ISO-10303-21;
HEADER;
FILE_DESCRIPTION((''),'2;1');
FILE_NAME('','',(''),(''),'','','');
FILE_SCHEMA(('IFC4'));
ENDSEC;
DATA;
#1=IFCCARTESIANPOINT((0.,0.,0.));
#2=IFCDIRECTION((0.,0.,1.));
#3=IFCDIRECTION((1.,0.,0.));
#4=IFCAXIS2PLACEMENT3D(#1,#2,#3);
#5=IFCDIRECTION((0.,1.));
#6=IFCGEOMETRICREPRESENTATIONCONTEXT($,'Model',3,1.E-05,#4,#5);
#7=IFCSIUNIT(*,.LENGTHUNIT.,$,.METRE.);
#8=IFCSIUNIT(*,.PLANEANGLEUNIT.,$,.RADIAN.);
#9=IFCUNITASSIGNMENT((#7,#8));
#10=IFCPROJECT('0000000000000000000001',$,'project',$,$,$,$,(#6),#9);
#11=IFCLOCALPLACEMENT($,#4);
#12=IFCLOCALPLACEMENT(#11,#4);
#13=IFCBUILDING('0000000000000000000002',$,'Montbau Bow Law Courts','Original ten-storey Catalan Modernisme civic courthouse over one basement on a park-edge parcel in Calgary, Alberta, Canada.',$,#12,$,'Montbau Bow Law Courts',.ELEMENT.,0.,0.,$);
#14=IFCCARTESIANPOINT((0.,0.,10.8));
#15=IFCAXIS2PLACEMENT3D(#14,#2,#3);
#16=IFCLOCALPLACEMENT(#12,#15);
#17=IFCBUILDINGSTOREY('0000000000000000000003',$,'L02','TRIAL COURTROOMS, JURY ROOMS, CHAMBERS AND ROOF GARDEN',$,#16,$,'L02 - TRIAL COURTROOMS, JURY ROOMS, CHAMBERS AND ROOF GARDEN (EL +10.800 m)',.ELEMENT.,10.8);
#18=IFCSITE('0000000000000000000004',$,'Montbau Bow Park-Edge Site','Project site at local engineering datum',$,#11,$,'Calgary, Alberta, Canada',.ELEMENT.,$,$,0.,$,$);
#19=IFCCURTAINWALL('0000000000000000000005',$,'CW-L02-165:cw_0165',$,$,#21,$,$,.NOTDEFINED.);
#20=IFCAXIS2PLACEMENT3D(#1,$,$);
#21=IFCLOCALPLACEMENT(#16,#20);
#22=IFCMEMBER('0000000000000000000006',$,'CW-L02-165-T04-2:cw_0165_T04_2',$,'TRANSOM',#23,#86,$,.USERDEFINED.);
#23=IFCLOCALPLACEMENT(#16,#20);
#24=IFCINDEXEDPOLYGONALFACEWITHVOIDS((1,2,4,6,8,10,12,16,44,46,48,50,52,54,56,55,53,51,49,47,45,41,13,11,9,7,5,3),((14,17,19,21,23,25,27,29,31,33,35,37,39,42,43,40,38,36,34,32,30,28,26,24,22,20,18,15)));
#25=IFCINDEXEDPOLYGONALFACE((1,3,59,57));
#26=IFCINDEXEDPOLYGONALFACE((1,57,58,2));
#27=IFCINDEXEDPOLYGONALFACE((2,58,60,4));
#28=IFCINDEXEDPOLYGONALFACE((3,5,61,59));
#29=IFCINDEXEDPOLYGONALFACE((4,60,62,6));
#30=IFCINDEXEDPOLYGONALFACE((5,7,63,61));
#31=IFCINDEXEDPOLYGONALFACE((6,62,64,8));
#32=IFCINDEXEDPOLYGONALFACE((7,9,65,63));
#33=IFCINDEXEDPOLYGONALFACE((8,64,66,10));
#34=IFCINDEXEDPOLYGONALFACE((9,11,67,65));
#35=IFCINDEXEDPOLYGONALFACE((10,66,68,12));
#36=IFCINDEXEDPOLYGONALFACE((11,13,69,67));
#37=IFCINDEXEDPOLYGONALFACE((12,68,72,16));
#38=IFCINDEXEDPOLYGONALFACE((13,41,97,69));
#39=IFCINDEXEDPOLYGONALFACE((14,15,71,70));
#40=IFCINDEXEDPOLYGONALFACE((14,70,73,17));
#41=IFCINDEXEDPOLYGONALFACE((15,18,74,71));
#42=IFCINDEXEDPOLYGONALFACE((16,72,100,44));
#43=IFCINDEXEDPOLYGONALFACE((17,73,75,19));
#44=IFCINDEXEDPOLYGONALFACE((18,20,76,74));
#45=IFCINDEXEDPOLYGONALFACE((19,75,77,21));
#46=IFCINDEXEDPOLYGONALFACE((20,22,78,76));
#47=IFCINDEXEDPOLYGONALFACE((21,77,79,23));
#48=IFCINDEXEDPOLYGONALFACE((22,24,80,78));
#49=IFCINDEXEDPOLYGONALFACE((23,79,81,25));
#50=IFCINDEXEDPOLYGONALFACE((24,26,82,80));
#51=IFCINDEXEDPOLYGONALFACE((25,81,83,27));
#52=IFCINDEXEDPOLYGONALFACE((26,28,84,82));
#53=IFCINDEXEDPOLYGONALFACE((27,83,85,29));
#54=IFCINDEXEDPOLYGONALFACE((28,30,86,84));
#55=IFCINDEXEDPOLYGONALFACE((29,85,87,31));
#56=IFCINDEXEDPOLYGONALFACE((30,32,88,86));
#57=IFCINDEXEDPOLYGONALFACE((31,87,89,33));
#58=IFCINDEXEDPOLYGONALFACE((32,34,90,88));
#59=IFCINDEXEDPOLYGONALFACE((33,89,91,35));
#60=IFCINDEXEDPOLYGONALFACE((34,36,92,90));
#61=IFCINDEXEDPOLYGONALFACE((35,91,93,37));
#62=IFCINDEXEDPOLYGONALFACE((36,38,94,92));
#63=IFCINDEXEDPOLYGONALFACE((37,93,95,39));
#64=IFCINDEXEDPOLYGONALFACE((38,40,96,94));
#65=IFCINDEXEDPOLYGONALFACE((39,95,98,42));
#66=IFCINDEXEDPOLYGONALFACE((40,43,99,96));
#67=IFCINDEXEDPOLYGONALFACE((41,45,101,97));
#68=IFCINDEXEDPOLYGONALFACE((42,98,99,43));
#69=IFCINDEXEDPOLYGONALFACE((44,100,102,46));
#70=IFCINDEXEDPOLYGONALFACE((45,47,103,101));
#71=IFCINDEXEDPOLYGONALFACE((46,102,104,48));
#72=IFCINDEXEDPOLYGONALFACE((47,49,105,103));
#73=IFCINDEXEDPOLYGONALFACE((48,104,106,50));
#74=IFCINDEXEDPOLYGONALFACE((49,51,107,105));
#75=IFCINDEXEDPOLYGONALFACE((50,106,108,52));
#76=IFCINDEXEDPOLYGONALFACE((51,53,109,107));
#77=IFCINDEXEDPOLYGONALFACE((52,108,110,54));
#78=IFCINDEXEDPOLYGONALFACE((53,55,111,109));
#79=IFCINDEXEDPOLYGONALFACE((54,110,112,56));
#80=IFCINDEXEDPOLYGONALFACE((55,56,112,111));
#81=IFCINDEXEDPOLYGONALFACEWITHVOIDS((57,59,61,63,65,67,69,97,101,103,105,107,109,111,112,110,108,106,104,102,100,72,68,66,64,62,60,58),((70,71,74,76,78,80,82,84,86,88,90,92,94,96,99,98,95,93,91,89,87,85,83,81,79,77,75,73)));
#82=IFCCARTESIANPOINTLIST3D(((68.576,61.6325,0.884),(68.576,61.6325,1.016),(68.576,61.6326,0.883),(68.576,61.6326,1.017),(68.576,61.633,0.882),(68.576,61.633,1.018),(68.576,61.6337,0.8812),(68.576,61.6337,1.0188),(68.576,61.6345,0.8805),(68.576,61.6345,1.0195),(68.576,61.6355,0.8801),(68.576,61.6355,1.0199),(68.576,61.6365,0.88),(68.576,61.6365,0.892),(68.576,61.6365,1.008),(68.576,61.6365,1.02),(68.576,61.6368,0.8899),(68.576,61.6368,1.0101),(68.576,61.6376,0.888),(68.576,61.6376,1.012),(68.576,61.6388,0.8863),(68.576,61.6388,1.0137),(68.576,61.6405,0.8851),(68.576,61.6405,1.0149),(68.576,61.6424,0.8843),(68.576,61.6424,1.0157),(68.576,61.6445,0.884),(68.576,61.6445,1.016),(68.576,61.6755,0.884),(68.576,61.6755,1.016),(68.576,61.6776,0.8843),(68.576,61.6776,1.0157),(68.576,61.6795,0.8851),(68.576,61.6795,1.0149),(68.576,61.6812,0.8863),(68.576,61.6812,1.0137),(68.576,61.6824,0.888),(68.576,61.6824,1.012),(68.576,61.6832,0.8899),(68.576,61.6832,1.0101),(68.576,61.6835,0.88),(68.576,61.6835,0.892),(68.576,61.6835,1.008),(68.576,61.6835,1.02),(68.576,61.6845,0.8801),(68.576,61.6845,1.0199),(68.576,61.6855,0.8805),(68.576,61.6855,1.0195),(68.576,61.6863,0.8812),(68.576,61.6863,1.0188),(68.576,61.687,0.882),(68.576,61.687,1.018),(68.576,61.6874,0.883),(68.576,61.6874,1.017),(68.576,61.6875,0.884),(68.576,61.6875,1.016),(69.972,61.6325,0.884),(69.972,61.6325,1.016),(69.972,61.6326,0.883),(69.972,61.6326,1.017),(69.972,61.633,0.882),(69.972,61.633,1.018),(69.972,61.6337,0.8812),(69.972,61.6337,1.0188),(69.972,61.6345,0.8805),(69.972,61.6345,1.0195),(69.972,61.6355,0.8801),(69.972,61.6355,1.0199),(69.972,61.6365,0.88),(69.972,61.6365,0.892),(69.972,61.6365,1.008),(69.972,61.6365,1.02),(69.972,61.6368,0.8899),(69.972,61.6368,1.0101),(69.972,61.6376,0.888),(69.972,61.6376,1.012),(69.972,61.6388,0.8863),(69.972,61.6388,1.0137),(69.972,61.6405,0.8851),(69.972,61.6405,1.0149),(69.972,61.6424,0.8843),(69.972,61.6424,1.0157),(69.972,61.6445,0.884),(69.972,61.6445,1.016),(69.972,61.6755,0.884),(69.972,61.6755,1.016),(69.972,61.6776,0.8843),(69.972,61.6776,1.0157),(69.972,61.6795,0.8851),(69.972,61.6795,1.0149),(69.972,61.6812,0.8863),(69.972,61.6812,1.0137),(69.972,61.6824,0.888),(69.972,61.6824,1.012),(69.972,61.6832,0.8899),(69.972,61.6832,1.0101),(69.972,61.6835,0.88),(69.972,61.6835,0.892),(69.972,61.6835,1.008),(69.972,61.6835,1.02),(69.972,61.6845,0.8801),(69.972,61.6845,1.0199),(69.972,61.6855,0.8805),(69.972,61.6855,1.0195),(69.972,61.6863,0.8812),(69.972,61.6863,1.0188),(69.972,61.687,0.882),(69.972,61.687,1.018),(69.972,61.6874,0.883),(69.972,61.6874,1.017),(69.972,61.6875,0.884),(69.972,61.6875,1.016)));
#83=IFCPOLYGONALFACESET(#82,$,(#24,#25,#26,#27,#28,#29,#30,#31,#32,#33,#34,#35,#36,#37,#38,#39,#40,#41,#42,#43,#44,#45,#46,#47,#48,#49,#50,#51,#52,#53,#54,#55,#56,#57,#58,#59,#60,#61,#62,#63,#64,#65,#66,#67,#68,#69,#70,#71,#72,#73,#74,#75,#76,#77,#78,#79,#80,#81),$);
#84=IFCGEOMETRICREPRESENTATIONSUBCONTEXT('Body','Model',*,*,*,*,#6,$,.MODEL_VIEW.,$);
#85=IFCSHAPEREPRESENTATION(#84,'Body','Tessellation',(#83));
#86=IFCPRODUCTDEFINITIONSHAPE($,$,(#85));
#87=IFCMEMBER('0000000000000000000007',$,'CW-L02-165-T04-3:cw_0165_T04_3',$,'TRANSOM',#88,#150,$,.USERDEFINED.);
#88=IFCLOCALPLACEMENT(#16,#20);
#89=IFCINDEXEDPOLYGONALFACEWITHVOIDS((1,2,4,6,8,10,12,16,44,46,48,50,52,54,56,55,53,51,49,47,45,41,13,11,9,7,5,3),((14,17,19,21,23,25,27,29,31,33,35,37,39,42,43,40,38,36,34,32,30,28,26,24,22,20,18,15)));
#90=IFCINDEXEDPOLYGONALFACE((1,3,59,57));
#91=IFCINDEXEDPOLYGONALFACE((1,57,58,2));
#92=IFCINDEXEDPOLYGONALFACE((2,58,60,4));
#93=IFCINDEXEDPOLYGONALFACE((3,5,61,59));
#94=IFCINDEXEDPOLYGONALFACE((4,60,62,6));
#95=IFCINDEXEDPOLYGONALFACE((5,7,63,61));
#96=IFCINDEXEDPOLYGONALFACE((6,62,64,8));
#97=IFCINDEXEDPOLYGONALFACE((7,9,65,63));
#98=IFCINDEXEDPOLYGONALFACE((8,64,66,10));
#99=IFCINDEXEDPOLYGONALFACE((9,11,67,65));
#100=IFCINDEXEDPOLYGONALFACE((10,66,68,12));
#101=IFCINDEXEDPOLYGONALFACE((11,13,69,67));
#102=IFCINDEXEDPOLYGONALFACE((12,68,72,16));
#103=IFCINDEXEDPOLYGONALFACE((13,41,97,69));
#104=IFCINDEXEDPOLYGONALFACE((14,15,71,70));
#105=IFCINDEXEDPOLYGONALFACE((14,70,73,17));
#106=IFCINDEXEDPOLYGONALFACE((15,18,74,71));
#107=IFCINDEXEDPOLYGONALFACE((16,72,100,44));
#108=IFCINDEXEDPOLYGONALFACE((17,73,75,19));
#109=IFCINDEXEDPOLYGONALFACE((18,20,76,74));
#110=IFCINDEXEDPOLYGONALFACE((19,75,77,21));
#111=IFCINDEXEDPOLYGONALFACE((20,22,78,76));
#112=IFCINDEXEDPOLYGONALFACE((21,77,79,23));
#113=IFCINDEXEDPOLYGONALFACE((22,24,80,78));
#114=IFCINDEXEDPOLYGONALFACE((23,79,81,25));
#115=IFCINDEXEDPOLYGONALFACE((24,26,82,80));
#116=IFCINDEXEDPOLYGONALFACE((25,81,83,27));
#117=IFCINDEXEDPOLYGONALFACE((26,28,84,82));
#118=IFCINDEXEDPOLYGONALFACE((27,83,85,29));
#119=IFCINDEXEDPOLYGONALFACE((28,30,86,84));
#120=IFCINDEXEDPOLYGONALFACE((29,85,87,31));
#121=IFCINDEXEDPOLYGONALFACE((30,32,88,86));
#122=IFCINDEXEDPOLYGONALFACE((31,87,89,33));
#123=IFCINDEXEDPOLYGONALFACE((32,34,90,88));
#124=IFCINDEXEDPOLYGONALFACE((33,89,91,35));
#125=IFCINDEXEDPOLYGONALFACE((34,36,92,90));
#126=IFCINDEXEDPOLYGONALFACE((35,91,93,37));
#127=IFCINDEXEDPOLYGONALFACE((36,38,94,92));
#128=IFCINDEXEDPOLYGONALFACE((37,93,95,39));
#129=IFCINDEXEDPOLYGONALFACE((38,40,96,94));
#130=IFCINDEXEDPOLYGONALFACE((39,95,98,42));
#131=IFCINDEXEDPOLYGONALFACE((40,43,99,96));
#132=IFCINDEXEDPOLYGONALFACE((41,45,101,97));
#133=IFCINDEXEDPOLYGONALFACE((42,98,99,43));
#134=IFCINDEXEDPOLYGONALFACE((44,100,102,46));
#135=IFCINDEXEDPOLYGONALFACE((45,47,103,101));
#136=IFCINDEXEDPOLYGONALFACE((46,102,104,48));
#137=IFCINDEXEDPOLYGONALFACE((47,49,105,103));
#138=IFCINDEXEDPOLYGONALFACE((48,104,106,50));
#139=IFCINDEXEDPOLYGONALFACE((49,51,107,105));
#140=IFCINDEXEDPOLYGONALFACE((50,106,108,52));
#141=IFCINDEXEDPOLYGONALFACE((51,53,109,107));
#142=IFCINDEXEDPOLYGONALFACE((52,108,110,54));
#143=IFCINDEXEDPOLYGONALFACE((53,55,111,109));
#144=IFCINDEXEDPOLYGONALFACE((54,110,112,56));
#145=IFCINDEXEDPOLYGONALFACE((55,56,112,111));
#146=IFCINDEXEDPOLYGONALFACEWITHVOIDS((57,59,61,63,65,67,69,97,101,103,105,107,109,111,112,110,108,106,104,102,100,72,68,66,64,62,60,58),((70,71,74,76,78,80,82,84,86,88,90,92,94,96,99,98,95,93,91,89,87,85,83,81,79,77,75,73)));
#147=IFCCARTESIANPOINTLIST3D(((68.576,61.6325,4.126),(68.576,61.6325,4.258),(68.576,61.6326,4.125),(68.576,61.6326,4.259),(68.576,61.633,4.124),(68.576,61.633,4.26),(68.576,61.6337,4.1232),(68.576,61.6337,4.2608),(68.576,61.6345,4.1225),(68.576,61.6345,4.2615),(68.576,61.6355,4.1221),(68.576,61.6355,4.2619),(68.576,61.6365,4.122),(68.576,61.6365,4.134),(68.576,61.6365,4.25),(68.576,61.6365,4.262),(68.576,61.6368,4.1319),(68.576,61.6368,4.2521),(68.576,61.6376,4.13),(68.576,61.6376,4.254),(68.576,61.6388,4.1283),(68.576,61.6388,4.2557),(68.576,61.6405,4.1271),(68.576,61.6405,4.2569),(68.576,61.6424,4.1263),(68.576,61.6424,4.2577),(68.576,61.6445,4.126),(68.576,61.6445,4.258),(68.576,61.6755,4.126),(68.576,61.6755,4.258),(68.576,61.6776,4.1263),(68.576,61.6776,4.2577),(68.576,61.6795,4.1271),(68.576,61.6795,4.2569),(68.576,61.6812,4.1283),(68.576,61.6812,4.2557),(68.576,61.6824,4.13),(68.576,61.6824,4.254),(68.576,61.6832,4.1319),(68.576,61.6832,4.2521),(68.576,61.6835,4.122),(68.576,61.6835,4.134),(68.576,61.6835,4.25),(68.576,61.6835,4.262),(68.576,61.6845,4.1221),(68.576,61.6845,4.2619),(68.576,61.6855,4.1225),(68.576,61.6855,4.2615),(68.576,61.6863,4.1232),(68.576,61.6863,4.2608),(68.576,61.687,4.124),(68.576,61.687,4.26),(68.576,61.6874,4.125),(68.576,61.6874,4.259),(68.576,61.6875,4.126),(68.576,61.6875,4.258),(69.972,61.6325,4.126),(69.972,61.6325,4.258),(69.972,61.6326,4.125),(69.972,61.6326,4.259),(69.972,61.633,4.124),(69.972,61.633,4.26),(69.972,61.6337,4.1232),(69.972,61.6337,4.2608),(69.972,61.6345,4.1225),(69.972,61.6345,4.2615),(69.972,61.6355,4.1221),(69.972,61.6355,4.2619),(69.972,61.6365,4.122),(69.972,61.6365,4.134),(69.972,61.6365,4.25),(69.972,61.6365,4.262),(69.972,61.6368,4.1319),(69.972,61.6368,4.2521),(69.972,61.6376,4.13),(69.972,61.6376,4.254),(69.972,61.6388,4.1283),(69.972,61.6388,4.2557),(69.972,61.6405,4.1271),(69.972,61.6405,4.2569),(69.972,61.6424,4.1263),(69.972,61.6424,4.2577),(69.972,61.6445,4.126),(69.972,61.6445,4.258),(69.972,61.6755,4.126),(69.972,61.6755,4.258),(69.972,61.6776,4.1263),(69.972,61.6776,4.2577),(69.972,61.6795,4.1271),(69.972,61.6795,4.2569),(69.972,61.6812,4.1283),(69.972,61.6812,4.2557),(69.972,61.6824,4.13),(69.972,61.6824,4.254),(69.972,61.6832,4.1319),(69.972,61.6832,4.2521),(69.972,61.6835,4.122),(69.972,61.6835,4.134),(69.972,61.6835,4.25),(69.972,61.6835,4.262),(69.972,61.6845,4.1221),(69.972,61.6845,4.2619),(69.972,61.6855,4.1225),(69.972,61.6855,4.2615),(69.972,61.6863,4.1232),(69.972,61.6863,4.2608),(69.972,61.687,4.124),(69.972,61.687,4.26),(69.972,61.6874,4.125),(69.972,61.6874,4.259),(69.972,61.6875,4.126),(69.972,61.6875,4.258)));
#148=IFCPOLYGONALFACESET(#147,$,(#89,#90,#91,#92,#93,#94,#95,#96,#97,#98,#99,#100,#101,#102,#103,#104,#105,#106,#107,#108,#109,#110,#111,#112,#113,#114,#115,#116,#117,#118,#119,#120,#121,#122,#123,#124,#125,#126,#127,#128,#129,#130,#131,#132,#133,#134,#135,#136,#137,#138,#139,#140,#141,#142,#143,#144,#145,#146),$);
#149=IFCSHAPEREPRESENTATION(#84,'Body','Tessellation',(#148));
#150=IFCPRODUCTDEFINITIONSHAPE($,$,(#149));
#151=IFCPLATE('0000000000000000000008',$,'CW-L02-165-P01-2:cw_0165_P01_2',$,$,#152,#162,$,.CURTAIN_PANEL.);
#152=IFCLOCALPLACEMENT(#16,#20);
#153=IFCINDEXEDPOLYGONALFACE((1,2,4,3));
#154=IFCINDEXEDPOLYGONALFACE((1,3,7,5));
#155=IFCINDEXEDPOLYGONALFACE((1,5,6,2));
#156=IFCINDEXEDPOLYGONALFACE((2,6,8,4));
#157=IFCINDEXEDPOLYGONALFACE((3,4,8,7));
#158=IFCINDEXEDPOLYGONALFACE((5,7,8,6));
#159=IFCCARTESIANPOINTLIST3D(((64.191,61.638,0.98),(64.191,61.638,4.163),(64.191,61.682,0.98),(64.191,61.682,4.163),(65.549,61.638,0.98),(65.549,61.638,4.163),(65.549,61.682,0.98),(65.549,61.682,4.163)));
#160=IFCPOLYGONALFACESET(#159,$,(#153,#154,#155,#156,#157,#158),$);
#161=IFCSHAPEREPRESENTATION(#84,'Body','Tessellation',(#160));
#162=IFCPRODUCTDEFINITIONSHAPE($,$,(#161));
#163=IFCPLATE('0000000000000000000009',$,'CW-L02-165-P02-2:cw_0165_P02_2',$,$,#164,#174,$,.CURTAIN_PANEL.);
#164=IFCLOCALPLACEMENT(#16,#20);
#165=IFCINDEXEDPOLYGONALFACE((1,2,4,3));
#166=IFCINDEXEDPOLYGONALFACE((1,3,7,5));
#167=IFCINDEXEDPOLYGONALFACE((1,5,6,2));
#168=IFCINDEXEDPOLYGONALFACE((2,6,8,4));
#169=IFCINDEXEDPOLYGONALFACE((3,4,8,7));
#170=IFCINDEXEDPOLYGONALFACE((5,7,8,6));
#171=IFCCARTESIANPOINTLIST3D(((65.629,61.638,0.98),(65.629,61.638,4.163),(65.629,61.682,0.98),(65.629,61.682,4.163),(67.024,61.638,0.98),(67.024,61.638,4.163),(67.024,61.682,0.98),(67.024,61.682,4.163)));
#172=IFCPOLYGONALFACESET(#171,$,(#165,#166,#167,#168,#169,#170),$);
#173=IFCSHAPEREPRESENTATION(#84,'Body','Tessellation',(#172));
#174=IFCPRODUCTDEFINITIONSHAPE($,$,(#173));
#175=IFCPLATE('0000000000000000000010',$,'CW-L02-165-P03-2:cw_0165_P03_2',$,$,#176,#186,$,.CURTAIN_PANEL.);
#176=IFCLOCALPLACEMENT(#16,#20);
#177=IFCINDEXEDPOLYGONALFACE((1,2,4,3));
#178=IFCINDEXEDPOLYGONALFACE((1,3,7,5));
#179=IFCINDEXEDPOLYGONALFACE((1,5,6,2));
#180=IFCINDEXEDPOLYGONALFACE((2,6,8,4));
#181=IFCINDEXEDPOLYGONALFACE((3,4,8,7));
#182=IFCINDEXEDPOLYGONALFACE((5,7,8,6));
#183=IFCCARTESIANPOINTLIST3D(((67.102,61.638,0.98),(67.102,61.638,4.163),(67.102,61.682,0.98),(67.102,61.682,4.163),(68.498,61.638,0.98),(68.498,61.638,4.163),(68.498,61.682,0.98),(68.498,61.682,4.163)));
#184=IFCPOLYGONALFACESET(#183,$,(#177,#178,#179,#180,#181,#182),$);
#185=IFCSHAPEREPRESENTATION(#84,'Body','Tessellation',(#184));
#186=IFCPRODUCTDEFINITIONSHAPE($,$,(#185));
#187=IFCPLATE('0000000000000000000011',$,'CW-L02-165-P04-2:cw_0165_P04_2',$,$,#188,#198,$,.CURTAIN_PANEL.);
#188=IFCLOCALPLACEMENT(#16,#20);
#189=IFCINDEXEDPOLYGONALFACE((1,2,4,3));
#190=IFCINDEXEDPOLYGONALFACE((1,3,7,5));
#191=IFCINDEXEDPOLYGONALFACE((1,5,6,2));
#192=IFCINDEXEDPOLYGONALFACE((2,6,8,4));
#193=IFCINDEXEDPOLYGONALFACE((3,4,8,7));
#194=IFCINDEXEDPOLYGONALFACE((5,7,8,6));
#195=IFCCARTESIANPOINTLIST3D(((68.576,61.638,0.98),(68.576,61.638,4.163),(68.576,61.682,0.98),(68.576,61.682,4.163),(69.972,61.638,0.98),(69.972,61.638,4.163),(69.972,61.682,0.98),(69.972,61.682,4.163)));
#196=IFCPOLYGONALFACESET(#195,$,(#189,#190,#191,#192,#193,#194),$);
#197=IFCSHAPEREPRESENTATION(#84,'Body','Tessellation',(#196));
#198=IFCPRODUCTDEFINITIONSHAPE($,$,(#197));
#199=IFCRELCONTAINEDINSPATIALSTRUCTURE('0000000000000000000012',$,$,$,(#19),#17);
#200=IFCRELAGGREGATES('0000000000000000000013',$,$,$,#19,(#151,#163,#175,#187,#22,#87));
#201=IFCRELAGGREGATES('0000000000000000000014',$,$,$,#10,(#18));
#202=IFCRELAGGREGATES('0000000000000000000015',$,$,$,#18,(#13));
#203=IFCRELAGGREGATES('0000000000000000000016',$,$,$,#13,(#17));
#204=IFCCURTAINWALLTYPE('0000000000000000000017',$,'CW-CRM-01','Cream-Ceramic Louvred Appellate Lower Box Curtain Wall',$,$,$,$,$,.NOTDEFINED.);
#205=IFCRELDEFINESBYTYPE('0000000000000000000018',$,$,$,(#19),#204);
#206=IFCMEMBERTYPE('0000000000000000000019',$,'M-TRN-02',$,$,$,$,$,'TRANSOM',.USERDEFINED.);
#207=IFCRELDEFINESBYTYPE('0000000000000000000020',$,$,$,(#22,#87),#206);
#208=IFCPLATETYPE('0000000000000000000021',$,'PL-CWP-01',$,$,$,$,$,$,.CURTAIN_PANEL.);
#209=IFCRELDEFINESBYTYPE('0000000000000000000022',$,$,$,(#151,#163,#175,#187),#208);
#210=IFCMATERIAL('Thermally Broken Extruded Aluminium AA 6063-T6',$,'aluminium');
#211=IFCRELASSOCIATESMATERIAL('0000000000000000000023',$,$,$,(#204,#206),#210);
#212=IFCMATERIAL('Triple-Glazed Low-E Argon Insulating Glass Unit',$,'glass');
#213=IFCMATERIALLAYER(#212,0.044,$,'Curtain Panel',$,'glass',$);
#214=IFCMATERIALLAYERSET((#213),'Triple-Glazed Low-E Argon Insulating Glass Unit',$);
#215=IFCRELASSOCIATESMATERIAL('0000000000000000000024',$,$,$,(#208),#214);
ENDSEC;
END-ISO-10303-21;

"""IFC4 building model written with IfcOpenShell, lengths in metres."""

from ifc_helpers import new_model, si_unit, direction, frame, frame_2d, origin_with_axes, origin_2d_with_axis, place, context, subcontext, project, spatial, rectangle, hollow_rectangle, extrude, material, layer, layer_set, material_profile, profile_set, type_object, element, aggregate, save


model = new_model("IFC4")

# Units and contexts
model_context = context("Model", 3, precision=1e-05, world=origin_with_axes(), true_north=direction((0.0, 1.0)))
body_context = subcontext(model_context, "Body", "Model", "MODEL_VIEW")
ifc_project = project(units=[si_unit("LENGTHUNIT", "METRE"), si_unit("PLANEANGLEUNIT", "RADIAN")], contexts=[model_context])

# Site, building, storey
site_placement = place(None, origin_with_axes())
site = spatial("IfcSite", under=ifc_project, at=site_placement, Name="Montbau Bow Park-Edge Site", Description="Project site at local engineering datum", LongName="Calgary, Alberta, Canada", CompositionType="ELEMENT", RefElevation=0.0)
building_placement = place(site_placement, origin_with_axes())
building = spatial("IfcBuilding", under=site, at=building_placement, Name="Montbau Bow Law Courts", Description="Original ten-storey Catalan Modernisme civic courthouse over one basement on a park-edge parcel in Calgary, Alberta, Canada.", LongName="Montbau Bow Law Courts", CompositionType="ELEMENT", ElevationOfRefHeight=0.0, ElevationOfTerrain=0.0)
storey_placement = place(building_placement, frame((0.0, 0.0, 10.8), z_axis=(0.0, 0.0, 1.0), x_axis=(1.0, 0.0, 0.0)))
storey = spatial("IfcBuildingStorey", under=building, at=storey_placement, Name="L02", Description="TRIAL COURTROOMS, JURY ROOMS, CHAMBERS AND ROOF GARDEN", LongName="L02 - TRIAL COURTROOMS, JURY ROOMS, CHAMBERS AND ROOF GARDEN (EL +10.800 m)", CompositionType="ELEMENT", Elevation=10.8)

# Curtain wall, members, plates
ifc_material_1 = material(Name="Thermally Broken Extruded Aluminium AA 6063-T6", Category="aluminium")
curtain_wall_type = type_object("IfcCurtainWallType", Name="CW-CRM-01", Description="Cream-Ceramic Louvred Appellate Lower Box Curtain Wall", PredefinedType="NOTDEFINED", material=ifc_material_1)
curtain_wall_placement = place(None, frame((64.115, 61.66, 10.8), z_axis=(0.0, 0.0, 1.0), x_axis=(1.0, 0.0, 0.0)))
curtain_wall = element("IfcCurtainWall", 1, at=curtain_wall_placement, inside=storey, type_object=curtain_wall_type, Name="CW-L02-165:cw_0165", PredefinedType="NOTDEFINED")
ifc_material_profile_1 = material_profile(ifc_material_1, hollow_rectangle(XDim=0.055, YDim=0.14, WallThickness=0.004, InnerFilletRadius=0.008, OuterFilletRadius=0.004, at=origin_2d_with_axis()), Name="CWT-140X55", Category="Main", Priority=0)
ifc_profile_set_1 = profile_set([ifc_material_profile_1], Name="Thermally Broken Extruded Aluminium AA 6063-T6")
member_type_1 = type_object("IfcMemberType", Name="M-TRN-02", ElementType="TRANSOM", PredefinedType="USERDEFINED", material=ifc_profile_set_1)
member_1_placement = place(None, frame((68.576, 61.66, 11.75), z_axis=(1.0, 0.0, 0.0), x_axis=(0.0, 1.0, 0.0)))
member_1 = element("IfcMember", 2, at=member_1_placement, type_object=member_type_1, Name="CW-L02-165-T04-2:cw_0165_T04_2", ObjectType="TRANSOM", PredefinedType="USERDEFINED", context=body_context, shape_type="SweptSolid", body=[
    extrude(hollow_rectangle(XDim=0.055, YDim=0.14, WallThickness=0.004, InnerFilletRadius=0.008, OuterFilletRadius=0.004, at=origin_2d_with_axis()), origin_with_axes(), (0.0, 0.0, 1.0), 1.396),
])
member_2_placement = place(None, frame((68.576, 61.66, 14.992), z_axis=(1.0, 0.0, 0.0), x_axis=(0.0, 1.0, 0.0)))
member_2 = element("IfcMember", 3, at=member_2_placement, type_object=member_type_1, Name="CW-L02-165-T04-3:cw_0165_T04_3", ObjectType="TRANSOM", PredefinedType="USERDEFINED", context=body_context, shape_type="SweptSolid", body=[
    extrude(hollow_rectangle(XDim=0.055, YDim=0.14, WallThickness=0.004, InnerFilletRadius=0.008, OuterFilletRadius=0.004, at=origin_2d_with_axis()), origin_with_axes(), (0.0, 0.0, 1.0), 1.396),
])
ifc_material_2 = material(Name="Triple-Glazed Low-E Argon Insulating Glass Unit", Category="glass")
ifc_layer_1 = layer(ifc_material_2, 0.044, Name="Curtain Panel", Category="glass")
ifc_layer_set_1 = layer_set([ifc_layer_1], Name="Triple-Glazed Low-E Argon Insulating Glass Unit")
plate_type_1 = type_object("IfcPlateType", Name="PL-CWP-01", PredefinedType="CURTAIN_PANEL", material=ifc_layer_set_1)
plate_1_placement = place(None, frame((64.191, 61.66, 11.78), z_axis=(0.0, -1.0, 0.0), x_axis=(1.0, 0.0, 0.0)))
plate_1 = element("IfcPlate", 4, at=plate_1_placement, type_object=plate_type_1, Name="CW-L02-165-P01-2:cw_0165_P01_2", PredefinedType="CURTAIN_PANEL", context=body_context, shape_type="SweptSolid", body=[
    extrude(rectangle(XDim=1.358, YDim=3.183, at=frame_2d((0.679, 1.5915), x_axis=(1.0, 0.0))), frame((0.0, 0.0, -0.022), z_axis=(0.0, 0.0, 1.0), x_axis=(1.0, 0.0, 0.0)), (0.0, 0.0, 1.0), 0.044),
])
plate_2_placement = place(None, frame((65.629, 61.66, 11.78), z_axis=(0.0, -1.0, 0.0), x_axis=(1.0, 0.0, 0.0)))
plate_2 = element("IfcPlate", 5, at=plate_2_placement, type_object=plate_type_1, Name="CW-L02-165-P02-2:cw_0165_P02_2", PredefinedType="CURTAIN_PANEL", context=body_context, shape_type="SweptSolid", body=[
    extrude(rectangle(XDim=1.395, YDim=3.183, at=frame_2d((0.6975, 1.5915), x_axis=(1.0, 0.0))), frame((0.0, 0.0, -0.022), z_axis=(0.0, 0.0, 1.0), x_axis=(1.0, 0.0, 0.0)), (0.0, 0.0, 1.0), 0.044),
])
plate_3_placement = place(None, frame((67.102, 61.66, 11.78), z_axis=(0.0, -1.0, 0.0), x_axis=(1.0, 0.0, 0.0)))
plate_3 = element("IfcPlate", 6, at=plate_3_placement, type_object=plate_type_1, Name="CW-L02-165-P03-2:cw_0165_P03_2", PredefinedType="CURTAIN_PANEL", context=body_context, shape_type="SweptSolid", body=[
    extrude(rectangle(XDim=1.396, YDim=3.183, at=frame_2d((0.698, 1.5915), x_axis=(1.0, 0.0))), frame((0.0, 0.0, -0.022), z_axis=(0.0, 0.0, 1.0), x_axis=(1.0, 0.0, 0.0)), (0.0, 0.0, 1.0), 0.044),
])
plate_4_placement = place(None, frame((68.576, 61.66, 11.78), z_axis=(0.0, -1.0, 0.0), x_axis=(1.0, 0.0, 0.0)))
plate_4 = element("IfcPlate", 7, at=plate_4_placement, type_object=plate_type_1, Name="CW-L02-165-P04-2:cw_0165_P04_2", PredefinedType="CURTAIN_PANEL", context=body_context, shape_type="SweptSolid", body=[
    extrude(rectangle(XDim=1.396, YDim=3.183, at=frame_2d((0.698, 1.5915), x_axis=(1.0, 0.0))), frame((0.0, 0.0, -0.022), z_axis=(0.0, 0.0, 1.0), x_axis=(1.0, 0.0, 0.0)), (0.0, 0.0, 1.0), 0.044),
])
aggregate(curtain_wall, [plate_1, plate_2, plate_3, plate_4, member_1, member_2])

save(model, "model.ifc")
